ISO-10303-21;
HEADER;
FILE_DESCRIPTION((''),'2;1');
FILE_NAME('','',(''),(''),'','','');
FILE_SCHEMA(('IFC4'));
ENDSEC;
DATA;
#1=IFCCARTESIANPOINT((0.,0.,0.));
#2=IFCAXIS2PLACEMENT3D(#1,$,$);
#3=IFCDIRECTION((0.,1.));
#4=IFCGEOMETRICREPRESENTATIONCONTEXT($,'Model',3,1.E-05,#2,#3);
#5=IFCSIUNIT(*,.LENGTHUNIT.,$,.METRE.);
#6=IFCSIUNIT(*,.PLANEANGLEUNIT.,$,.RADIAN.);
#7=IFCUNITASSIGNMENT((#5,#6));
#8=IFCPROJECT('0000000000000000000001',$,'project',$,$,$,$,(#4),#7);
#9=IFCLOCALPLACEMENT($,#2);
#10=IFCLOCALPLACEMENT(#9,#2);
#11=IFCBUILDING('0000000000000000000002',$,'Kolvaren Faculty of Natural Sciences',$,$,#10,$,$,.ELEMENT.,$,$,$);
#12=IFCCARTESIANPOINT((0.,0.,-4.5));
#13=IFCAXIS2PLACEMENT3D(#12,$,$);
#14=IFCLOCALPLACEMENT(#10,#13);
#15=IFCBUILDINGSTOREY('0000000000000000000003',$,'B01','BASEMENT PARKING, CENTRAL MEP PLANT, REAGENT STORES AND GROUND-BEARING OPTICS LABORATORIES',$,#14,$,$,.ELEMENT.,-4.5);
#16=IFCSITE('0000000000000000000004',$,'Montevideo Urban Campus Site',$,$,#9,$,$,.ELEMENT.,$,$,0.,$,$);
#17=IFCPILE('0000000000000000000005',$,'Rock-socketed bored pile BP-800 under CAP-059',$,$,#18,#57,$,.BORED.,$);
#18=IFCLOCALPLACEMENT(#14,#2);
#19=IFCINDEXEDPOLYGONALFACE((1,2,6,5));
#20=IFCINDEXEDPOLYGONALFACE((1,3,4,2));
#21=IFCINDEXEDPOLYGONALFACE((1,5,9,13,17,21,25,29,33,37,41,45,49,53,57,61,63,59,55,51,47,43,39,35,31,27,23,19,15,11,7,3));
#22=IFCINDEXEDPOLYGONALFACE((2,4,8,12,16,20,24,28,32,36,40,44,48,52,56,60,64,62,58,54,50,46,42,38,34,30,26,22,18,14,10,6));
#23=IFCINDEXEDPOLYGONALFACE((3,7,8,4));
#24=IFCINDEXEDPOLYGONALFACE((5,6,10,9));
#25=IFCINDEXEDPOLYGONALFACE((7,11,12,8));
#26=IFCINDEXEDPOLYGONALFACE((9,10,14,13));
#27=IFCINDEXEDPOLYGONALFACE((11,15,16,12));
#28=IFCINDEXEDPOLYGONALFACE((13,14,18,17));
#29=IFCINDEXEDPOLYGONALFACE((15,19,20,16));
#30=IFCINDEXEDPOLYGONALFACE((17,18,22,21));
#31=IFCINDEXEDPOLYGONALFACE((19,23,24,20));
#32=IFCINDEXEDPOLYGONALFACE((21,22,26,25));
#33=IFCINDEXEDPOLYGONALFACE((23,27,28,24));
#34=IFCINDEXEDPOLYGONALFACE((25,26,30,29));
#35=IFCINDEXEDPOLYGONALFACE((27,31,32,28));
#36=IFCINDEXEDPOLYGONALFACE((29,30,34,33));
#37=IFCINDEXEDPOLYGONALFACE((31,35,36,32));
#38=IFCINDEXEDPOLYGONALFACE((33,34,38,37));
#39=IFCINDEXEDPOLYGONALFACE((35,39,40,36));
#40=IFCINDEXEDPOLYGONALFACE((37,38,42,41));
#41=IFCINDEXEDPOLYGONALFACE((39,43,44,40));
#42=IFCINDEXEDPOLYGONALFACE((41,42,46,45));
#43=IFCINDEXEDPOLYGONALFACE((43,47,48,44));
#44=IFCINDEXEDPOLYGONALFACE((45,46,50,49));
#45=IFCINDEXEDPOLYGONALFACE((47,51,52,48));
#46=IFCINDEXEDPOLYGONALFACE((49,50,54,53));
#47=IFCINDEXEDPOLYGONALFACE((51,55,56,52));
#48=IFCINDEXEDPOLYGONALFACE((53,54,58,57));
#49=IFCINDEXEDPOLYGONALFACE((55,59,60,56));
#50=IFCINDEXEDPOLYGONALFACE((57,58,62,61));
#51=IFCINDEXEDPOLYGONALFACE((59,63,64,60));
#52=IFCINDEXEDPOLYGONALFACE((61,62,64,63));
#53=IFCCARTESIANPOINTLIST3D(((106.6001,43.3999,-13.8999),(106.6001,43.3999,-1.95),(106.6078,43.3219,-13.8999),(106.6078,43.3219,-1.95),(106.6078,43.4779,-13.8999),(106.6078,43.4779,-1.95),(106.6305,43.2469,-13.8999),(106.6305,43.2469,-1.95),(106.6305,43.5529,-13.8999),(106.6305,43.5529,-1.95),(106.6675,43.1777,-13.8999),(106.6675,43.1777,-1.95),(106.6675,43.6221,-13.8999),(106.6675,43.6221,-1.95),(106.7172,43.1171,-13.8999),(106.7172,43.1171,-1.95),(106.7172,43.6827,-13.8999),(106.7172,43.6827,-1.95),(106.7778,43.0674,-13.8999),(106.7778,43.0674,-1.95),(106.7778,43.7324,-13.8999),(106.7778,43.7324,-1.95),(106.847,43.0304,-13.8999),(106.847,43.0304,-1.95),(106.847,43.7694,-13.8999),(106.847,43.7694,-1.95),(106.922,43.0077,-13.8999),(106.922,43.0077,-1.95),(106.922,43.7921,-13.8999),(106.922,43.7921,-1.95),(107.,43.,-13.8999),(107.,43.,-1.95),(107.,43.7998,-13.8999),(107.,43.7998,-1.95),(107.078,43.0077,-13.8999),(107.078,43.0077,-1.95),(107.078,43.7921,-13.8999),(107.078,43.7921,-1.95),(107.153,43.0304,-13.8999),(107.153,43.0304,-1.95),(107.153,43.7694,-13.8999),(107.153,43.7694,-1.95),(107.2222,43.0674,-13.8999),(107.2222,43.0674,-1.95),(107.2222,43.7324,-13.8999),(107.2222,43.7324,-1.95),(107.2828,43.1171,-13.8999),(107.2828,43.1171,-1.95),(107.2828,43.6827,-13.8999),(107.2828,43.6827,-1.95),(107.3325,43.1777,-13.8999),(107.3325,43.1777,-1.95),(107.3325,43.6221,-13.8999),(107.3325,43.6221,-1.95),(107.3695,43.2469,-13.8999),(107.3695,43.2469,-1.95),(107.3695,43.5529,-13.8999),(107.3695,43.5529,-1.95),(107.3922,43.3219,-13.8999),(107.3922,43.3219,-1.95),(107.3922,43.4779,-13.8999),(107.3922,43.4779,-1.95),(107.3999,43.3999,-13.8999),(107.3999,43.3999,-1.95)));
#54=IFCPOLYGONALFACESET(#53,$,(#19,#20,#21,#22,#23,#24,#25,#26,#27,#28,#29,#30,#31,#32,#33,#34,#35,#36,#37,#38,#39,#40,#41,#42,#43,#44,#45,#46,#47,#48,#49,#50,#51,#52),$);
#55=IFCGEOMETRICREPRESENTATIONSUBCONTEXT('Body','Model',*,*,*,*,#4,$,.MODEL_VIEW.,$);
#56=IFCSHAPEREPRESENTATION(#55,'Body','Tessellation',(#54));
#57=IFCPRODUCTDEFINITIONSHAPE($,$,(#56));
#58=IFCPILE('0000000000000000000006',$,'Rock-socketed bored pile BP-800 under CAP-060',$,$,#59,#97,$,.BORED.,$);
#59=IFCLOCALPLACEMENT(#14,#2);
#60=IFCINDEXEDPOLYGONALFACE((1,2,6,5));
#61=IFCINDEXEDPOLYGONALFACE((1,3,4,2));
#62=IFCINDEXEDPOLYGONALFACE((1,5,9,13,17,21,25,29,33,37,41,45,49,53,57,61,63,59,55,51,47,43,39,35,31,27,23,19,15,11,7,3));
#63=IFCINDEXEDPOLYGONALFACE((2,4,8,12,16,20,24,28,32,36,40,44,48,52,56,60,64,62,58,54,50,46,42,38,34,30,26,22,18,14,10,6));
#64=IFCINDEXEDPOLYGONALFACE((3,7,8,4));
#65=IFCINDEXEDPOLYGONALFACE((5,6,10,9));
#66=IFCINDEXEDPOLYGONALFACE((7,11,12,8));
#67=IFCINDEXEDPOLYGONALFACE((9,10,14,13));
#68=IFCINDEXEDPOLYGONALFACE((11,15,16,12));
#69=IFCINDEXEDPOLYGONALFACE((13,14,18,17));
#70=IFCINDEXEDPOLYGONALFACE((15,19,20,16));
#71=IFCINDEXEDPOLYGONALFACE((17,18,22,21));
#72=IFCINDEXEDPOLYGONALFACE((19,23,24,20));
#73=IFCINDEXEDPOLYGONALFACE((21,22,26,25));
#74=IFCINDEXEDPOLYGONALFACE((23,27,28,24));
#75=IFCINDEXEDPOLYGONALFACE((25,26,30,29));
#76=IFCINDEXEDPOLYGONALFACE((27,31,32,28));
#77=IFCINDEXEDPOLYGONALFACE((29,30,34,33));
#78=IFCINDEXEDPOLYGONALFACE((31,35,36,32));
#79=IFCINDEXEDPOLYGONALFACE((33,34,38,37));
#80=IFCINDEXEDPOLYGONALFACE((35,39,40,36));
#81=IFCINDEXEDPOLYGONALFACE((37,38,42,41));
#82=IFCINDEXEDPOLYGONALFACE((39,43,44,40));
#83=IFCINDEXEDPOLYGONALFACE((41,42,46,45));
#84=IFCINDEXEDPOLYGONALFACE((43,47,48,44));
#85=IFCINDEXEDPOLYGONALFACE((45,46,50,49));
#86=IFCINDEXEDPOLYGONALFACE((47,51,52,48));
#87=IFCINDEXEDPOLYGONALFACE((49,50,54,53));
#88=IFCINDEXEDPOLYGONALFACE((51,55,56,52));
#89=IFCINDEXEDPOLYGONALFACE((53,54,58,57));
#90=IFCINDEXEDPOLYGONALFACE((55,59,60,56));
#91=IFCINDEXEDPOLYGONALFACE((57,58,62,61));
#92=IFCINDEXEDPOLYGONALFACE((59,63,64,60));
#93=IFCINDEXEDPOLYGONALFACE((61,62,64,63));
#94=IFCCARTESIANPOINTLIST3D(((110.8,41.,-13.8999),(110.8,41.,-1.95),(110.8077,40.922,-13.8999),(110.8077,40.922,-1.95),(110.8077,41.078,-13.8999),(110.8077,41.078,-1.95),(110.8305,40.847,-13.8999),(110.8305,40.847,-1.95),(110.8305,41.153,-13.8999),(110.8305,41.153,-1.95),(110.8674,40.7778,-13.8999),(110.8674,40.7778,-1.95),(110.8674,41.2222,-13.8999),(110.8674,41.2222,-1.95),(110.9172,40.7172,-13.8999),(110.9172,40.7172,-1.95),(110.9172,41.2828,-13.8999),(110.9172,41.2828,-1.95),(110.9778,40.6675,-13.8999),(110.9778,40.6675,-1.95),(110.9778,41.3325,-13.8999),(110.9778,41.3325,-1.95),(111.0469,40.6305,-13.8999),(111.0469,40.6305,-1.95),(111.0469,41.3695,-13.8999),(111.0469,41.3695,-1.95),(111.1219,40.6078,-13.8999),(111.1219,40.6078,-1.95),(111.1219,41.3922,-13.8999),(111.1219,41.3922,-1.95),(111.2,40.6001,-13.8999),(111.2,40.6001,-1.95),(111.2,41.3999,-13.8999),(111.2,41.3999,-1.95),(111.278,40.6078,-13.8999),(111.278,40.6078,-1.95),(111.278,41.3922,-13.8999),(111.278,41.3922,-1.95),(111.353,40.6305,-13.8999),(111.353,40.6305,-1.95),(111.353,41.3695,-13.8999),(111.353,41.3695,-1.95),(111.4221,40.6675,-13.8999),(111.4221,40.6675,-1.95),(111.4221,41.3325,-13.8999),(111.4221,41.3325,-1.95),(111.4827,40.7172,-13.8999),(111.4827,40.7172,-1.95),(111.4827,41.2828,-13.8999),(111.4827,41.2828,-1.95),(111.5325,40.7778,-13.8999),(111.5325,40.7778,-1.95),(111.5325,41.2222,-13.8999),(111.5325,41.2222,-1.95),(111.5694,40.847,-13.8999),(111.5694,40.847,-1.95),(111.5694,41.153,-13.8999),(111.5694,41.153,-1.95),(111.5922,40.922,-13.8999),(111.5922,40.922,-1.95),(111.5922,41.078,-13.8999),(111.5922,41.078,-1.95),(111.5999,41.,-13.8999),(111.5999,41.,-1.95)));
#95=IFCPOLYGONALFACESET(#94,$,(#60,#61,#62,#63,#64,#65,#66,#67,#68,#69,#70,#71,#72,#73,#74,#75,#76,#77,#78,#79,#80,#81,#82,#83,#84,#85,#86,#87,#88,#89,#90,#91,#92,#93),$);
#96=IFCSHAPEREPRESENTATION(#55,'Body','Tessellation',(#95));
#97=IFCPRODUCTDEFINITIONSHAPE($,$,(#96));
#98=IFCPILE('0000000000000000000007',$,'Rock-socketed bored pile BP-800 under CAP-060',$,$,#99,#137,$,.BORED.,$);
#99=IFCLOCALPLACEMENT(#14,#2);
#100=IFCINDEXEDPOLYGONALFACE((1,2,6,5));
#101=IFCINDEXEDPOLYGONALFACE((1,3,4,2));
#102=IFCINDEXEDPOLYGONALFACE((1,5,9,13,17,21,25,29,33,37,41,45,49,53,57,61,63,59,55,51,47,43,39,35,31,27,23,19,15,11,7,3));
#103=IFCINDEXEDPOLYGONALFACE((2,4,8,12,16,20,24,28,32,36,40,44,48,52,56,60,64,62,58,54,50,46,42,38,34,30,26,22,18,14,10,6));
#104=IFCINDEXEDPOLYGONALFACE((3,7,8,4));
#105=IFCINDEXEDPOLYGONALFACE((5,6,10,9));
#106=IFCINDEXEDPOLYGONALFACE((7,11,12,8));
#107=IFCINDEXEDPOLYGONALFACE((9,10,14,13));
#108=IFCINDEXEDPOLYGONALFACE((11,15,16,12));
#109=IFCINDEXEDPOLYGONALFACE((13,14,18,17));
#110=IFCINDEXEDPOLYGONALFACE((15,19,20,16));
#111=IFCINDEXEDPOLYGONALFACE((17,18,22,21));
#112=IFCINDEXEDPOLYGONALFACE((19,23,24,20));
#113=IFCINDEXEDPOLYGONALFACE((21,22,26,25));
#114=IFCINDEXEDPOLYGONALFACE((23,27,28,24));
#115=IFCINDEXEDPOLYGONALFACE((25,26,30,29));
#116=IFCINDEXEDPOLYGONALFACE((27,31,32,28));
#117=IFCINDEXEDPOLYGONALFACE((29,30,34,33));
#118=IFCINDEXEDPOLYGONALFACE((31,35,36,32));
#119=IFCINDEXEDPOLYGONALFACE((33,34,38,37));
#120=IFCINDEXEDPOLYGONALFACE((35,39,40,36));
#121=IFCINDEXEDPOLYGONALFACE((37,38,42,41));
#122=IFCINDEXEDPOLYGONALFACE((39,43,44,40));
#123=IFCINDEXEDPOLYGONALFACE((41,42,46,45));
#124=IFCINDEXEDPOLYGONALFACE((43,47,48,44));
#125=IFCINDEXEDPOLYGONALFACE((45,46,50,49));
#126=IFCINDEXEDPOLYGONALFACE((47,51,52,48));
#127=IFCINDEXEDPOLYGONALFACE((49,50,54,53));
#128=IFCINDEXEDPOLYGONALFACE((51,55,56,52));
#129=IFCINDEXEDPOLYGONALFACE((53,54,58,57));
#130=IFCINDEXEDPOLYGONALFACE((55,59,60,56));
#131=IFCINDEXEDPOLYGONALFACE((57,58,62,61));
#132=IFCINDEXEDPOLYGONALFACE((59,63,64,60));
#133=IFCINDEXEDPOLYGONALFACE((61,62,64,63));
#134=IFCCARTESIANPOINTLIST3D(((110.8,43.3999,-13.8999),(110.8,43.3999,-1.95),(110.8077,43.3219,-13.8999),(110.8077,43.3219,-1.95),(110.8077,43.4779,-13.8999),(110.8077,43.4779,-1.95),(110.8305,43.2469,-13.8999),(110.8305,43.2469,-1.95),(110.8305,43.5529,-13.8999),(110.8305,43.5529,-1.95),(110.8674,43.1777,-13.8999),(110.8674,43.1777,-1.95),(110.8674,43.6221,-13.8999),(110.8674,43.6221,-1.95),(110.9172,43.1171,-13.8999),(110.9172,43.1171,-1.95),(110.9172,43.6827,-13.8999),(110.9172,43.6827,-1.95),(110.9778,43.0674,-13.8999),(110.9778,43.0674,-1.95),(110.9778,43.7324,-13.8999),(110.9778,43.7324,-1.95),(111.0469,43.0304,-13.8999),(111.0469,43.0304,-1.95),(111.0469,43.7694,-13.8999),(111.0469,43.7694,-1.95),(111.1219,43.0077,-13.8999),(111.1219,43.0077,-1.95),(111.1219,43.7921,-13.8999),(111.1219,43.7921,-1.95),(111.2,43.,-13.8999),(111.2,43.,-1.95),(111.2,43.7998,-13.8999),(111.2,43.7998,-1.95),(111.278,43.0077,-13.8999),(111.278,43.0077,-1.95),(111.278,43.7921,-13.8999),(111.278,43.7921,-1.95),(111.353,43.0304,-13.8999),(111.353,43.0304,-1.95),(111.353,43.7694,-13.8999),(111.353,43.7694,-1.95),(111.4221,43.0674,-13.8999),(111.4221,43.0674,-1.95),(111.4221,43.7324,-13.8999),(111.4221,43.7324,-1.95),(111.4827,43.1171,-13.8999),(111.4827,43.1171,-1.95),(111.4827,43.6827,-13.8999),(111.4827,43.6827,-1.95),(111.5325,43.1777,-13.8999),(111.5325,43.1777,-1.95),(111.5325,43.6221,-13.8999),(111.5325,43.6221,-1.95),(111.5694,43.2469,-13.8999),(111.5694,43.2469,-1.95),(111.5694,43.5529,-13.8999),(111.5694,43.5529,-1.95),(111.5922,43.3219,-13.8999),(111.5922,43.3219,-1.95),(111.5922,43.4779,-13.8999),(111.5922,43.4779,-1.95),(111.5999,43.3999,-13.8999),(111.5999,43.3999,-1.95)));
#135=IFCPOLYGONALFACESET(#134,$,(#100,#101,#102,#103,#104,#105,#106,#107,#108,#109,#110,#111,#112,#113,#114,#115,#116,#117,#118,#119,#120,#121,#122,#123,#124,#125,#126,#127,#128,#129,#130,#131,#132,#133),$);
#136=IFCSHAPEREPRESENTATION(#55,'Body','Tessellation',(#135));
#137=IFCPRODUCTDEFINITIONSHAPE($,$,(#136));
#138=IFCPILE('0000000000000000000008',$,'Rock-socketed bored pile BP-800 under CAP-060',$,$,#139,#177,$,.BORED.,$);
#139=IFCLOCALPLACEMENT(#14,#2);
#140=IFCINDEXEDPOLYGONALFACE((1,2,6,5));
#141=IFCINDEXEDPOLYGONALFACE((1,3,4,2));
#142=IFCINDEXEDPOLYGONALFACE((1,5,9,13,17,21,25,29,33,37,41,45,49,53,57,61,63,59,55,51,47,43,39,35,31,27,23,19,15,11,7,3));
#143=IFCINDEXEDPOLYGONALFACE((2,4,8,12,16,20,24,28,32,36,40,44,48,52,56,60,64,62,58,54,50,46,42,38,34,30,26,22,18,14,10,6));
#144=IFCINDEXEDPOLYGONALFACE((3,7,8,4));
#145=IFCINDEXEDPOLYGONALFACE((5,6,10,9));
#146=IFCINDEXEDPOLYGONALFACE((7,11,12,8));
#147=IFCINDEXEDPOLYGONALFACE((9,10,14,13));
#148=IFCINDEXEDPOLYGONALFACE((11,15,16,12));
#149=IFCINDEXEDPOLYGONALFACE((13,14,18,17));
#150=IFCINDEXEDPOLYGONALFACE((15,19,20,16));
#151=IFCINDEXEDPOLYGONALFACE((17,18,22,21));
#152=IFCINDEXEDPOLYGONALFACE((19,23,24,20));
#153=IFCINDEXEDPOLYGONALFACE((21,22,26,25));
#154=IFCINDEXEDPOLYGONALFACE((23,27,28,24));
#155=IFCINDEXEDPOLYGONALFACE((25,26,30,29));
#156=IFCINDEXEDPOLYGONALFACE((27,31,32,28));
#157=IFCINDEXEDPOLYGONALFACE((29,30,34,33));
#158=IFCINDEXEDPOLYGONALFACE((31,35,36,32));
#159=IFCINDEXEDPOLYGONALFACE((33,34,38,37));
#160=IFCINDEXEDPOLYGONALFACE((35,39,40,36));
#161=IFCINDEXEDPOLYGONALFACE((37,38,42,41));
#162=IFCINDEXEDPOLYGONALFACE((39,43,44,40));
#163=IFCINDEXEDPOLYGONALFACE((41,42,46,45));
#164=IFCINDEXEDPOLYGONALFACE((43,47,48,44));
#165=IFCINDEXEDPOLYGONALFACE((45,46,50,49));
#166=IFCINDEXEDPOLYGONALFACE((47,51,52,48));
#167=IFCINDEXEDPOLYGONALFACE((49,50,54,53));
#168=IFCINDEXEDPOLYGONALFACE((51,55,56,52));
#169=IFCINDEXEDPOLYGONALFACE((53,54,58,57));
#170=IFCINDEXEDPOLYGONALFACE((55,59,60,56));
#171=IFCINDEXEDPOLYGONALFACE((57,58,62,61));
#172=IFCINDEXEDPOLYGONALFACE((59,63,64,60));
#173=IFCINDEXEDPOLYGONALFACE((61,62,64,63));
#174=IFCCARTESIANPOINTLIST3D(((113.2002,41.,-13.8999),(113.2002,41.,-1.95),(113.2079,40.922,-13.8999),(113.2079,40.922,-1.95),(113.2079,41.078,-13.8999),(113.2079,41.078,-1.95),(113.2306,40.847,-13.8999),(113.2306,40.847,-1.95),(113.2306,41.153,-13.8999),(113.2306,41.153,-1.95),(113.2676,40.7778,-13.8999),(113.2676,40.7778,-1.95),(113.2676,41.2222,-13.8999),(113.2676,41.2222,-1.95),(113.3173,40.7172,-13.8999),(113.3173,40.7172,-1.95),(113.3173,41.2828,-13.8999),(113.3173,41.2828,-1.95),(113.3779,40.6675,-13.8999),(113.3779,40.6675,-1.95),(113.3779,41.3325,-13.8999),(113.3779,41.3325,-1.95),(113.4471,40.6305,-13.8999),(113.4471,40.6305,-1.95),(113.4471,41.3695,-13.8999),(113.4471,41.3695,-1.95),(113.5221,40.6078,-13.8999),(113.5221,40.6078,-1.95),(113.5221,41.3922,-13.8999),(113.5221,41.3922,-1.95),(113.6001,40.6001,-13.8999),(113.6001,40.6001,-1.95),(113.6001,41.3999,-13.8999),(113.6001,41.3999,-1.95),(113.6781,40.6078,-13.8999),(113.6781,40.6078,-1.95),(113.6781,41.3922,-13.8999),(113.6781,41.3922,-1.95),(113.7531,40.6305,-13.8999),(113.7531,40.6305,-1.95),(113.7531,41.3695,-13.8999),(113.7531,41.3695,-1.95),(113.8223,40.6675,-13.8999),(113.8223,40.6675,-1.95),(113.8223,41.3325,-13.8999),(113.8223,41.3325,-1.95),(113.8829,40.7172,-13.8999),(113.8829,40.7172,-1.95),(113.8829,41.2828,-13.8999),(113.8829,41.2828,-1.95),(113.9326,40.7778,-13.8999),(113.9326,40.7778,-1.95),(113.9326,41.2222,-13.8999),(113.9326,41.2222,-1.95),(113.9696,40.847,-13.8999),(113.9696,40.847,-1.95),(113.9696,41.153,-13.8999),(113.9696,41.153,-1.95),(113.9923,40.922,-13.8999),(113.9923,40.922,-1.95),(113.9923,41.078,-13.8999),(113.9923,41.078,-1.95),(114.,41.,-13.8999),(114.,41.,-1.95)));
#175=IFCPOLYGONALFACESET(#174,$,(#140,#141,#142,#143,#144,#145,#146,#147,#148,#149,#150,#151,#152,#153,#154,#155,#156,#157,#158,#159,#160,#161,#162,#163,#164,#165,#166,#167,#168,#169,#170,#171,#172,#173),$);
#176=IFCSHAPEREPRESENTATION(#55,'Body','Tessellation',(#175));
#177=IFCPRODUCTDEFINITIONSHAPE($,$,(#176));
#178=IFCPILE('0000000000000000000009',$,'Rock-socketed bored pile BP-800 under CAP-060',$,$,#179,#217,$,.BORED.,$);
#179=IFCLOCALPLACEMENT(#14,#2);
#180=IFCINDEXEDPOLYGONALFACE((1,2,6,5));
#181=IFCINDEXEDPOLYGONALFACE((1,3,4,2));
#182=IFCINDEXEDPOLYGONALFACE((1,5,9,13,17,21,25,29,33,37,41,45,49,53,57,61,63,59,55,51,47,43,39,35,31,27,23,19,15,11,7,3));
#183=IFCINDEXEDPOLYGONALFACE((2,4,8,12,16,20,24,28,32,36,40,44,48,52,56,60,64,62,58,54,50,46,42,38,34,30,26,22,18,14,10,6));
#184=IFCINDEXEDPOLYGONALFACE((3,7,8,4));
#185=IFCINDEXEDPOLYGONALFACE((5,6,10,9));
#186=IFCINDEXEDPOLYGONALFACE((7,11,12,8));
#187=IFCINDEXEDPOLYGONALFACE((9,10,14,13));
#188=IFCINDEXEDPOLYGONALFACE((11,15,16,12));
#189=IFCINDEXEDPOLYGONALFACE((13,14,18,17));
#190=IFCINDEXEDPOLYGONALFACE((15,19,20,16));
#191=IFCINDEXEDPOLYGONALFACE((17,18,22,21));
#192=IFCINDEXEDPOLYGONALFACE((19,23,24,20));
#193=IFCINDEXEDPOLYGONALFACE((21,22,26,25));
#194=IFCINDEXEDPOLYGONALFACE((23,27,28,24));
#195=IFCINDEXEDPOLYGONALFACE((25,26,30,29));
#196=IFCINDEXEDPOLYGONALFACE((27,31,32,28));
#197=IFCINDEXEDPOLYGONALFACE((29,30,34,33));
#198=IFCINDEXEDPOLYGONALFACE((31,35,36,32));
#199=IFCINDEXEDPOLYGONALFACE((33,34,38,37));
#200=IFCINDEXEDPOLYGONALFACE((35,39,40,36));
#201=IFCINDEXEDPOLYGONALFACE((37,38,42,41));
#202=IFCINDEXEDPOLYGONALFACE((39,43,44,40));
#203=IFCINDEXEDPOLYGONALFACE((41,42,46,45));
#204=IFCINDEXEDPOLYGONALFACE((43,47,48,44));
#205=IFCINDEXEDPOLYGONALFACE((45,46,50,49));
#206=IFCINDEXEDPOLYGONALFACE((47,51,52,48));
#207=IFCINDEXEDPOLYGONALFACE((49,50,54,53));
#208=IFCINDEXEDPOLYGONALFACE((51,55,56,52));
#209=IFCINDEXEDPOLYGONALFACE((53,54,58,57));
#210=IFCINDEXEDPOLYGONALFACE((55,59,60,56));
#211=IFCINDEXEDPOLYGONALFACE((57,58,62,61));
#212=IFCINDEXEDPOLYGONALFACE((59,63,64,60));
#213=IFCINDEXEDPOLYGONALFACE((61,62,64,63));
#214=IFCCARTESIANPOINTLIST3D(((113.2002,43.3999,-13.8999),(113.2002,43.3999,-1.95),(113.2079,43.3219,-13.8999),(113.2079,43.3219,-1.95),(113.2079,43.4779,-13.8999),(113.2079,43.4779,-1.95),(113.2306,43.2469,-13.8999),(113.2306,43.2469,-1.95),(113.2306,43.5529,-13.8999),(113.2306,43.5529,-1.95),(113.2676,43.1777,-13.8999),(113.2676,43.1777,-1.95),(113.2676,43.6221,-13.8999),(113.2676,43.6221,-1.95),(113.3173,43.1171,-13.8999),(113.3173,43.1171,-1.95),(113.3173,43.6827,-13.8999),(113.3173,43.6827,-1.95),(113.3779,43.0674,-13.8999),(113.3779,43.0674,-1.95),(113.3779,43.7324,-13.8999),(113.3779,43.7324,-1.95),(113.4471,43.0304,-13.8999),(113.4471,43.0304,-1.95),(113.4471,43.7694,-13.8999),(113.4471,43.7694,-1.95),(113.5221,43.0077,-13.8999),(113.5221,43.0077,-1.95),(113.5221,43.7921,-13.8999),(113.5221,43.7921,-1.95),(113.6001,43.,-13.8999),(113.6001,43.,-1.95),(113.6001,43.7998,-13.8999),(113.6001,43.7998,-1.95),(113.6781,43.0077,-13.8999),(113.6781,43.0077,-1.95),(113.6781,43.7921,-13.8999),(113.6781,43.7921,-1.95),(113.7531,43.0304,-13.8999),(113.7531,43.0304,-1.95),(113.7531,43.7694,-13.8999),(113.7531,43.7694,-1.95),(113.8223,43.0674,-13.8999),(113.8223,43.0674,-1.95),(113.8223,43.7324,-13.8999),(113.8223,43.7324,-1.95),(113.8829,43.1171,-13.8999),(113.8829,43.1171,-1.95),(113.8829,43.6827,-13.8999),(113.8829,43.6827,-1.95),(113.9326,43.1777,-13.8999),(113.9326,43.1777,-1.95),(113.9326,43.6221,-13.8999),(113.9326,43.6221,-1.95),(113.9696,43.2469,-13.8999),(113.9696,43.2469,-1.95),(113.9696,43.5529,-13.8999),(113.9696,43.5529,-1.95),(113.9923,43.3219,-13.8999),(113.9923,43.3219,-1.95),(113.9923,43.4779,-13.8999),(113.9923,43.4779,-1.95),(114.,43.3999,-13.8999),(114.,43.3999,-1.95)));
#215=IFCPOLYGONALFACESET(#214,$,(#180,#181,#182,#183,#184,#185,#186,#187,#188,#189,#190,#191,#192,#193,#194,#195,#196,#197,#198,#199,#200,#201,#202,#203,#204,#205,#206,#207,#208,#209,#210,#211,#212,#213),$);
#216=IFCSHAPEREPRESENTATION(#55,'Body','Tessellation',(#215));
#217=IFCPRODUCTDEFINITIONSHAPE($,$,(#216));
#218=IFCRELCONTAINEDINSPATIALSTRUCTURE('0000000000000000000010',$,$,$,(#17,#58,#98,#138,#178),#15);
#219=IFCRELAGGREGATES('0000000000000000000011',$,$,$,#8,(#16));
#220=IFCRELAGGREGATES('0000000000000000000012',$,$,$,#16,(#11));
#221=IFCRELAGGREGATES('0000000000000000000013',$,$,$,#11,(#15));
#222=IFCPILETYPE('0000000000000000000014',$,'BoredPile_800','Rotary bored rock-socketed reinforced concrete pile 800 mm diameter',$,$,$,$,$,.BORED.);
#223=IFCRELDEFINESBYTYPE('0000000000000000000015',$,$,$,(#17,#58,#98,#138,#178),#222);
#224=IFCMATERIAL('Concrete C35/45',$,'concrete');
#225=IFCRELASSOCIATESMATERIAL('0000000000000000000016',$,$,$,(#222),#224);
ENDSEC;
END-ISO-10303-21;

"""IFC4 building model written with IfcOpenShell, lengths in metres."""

from ifc_helpers import new_model, si_unit, direction, frame, origin, origin_2d, place, context, subcontext, project, spatial, circle, extrude, material, material_profile, profile_set, type_object, element, save


model = new_model("IFC4")

# Units and contexts
model_context = context("Model", 3, precision=1e-05, world=origin(), true_north=direction((0.0, 1.0)))
body_context = subcontext(model_context, "Body", "Model", "MODEL_VIEW")
ifc_project = project(units=[si_unit("LENGTHUNIT", "METRE"), si_unit("PLANEANGLEUNIT", "RADIAN")], contexts=[model_context])

# Site, building, storey
site_placement = place(None, origin())
site = spatial("IfcSite", under=ifc_project, at=site_placement, Name="Montevideo Urban Campus Site", CompositionType="ELEMENT", RefElevation=0.0)
building_placement = place(site_placement, origin())
building = spatial("IfcBuilding", under=site, at=building_placement, Name="Kolvaren Faculty of Natural Sciences", CompositionType="ELEMENT")
storey_placement = place(building_placement, frame((0.0, 0.0, -4.5)))
storey = spatial("IfcBuildingStorey", under=building, at=storey_placement, Name="B01", Description="BASEMENT PARKING, CENTRAL MEP PLANT, REAGENT STORES AND GROUND-BEARING OPTICS LABORATORIES", CompositionType="ELEMENT", Elevation=-4.5)

# Piles
ifc_material_1 = material(Name="Concrete C35/45", Category="concrete")
ifc_material_profile_1 = material_profile(ifc_material_1, circle(Radius=0.3999, at=origin_2d()), Name="PILE D800")
ifc_profile_set_1 = profile_set([ifc_material_profile_1], Name="Concrete C35/45")
pile_type_1 = type_object("IfcPileType", Name="BoredPile_800", Description="Rotary bored rock-socketed reinforced concrete pile 800 mm diameter", PredefinedType="BORED", material=ifc_profile_set_1)
for number, where, z_axis, x_axis, name in (
    (1, (107.0, 43.3999, -1.95), (0.0, 0.0, -1.0), (1.0, 0.0, 0.0), "Rock-socketed bored pile BP-800 under CAP-059"),
    (2, (111.2, 41.0, -1.95), (0.0, 0.0, -1.0), (1.0, 0.0, 0.0), "Rock-socketed bored pile BP-800 under CAP-060"),
    (3, (111.2, 43.3999, -1.95), (0.0, 0.0, -1.0), (1.0, 0.0, 0.0), "Rock-socketed bored pile BP-800 under CAP-060"),
    (4, (113.6001, 41.0, -1.95), (0.0, 0.0, -1.0), (1.0, 0.0, 0.0), "Rock-socketed bored pile BP-800 under CAP-060"),
    (5, (113.6001, 43.3999, -1.95), (0.0, 0.0, -1.0), (1.0, 0.0, 0.0), "Rock-socketed bored pile BP-800 under CAP-060"),
):
    element("IfcPile", number, at=place(storey_placement, frame(where, z_axis=z_axis, x_axis=x_axis)), inside=storey, type_object=pile_type_1, Name=name, PredefinedType="BORED", context=body_context, shape_type="SweptSolid", body=[
        extrude(circle(Radius=0.3999, at=origin_2d()), origin(), (0.0, 0.0, 1.0), 11.95),
    ])

save(model, "model.ifc")
